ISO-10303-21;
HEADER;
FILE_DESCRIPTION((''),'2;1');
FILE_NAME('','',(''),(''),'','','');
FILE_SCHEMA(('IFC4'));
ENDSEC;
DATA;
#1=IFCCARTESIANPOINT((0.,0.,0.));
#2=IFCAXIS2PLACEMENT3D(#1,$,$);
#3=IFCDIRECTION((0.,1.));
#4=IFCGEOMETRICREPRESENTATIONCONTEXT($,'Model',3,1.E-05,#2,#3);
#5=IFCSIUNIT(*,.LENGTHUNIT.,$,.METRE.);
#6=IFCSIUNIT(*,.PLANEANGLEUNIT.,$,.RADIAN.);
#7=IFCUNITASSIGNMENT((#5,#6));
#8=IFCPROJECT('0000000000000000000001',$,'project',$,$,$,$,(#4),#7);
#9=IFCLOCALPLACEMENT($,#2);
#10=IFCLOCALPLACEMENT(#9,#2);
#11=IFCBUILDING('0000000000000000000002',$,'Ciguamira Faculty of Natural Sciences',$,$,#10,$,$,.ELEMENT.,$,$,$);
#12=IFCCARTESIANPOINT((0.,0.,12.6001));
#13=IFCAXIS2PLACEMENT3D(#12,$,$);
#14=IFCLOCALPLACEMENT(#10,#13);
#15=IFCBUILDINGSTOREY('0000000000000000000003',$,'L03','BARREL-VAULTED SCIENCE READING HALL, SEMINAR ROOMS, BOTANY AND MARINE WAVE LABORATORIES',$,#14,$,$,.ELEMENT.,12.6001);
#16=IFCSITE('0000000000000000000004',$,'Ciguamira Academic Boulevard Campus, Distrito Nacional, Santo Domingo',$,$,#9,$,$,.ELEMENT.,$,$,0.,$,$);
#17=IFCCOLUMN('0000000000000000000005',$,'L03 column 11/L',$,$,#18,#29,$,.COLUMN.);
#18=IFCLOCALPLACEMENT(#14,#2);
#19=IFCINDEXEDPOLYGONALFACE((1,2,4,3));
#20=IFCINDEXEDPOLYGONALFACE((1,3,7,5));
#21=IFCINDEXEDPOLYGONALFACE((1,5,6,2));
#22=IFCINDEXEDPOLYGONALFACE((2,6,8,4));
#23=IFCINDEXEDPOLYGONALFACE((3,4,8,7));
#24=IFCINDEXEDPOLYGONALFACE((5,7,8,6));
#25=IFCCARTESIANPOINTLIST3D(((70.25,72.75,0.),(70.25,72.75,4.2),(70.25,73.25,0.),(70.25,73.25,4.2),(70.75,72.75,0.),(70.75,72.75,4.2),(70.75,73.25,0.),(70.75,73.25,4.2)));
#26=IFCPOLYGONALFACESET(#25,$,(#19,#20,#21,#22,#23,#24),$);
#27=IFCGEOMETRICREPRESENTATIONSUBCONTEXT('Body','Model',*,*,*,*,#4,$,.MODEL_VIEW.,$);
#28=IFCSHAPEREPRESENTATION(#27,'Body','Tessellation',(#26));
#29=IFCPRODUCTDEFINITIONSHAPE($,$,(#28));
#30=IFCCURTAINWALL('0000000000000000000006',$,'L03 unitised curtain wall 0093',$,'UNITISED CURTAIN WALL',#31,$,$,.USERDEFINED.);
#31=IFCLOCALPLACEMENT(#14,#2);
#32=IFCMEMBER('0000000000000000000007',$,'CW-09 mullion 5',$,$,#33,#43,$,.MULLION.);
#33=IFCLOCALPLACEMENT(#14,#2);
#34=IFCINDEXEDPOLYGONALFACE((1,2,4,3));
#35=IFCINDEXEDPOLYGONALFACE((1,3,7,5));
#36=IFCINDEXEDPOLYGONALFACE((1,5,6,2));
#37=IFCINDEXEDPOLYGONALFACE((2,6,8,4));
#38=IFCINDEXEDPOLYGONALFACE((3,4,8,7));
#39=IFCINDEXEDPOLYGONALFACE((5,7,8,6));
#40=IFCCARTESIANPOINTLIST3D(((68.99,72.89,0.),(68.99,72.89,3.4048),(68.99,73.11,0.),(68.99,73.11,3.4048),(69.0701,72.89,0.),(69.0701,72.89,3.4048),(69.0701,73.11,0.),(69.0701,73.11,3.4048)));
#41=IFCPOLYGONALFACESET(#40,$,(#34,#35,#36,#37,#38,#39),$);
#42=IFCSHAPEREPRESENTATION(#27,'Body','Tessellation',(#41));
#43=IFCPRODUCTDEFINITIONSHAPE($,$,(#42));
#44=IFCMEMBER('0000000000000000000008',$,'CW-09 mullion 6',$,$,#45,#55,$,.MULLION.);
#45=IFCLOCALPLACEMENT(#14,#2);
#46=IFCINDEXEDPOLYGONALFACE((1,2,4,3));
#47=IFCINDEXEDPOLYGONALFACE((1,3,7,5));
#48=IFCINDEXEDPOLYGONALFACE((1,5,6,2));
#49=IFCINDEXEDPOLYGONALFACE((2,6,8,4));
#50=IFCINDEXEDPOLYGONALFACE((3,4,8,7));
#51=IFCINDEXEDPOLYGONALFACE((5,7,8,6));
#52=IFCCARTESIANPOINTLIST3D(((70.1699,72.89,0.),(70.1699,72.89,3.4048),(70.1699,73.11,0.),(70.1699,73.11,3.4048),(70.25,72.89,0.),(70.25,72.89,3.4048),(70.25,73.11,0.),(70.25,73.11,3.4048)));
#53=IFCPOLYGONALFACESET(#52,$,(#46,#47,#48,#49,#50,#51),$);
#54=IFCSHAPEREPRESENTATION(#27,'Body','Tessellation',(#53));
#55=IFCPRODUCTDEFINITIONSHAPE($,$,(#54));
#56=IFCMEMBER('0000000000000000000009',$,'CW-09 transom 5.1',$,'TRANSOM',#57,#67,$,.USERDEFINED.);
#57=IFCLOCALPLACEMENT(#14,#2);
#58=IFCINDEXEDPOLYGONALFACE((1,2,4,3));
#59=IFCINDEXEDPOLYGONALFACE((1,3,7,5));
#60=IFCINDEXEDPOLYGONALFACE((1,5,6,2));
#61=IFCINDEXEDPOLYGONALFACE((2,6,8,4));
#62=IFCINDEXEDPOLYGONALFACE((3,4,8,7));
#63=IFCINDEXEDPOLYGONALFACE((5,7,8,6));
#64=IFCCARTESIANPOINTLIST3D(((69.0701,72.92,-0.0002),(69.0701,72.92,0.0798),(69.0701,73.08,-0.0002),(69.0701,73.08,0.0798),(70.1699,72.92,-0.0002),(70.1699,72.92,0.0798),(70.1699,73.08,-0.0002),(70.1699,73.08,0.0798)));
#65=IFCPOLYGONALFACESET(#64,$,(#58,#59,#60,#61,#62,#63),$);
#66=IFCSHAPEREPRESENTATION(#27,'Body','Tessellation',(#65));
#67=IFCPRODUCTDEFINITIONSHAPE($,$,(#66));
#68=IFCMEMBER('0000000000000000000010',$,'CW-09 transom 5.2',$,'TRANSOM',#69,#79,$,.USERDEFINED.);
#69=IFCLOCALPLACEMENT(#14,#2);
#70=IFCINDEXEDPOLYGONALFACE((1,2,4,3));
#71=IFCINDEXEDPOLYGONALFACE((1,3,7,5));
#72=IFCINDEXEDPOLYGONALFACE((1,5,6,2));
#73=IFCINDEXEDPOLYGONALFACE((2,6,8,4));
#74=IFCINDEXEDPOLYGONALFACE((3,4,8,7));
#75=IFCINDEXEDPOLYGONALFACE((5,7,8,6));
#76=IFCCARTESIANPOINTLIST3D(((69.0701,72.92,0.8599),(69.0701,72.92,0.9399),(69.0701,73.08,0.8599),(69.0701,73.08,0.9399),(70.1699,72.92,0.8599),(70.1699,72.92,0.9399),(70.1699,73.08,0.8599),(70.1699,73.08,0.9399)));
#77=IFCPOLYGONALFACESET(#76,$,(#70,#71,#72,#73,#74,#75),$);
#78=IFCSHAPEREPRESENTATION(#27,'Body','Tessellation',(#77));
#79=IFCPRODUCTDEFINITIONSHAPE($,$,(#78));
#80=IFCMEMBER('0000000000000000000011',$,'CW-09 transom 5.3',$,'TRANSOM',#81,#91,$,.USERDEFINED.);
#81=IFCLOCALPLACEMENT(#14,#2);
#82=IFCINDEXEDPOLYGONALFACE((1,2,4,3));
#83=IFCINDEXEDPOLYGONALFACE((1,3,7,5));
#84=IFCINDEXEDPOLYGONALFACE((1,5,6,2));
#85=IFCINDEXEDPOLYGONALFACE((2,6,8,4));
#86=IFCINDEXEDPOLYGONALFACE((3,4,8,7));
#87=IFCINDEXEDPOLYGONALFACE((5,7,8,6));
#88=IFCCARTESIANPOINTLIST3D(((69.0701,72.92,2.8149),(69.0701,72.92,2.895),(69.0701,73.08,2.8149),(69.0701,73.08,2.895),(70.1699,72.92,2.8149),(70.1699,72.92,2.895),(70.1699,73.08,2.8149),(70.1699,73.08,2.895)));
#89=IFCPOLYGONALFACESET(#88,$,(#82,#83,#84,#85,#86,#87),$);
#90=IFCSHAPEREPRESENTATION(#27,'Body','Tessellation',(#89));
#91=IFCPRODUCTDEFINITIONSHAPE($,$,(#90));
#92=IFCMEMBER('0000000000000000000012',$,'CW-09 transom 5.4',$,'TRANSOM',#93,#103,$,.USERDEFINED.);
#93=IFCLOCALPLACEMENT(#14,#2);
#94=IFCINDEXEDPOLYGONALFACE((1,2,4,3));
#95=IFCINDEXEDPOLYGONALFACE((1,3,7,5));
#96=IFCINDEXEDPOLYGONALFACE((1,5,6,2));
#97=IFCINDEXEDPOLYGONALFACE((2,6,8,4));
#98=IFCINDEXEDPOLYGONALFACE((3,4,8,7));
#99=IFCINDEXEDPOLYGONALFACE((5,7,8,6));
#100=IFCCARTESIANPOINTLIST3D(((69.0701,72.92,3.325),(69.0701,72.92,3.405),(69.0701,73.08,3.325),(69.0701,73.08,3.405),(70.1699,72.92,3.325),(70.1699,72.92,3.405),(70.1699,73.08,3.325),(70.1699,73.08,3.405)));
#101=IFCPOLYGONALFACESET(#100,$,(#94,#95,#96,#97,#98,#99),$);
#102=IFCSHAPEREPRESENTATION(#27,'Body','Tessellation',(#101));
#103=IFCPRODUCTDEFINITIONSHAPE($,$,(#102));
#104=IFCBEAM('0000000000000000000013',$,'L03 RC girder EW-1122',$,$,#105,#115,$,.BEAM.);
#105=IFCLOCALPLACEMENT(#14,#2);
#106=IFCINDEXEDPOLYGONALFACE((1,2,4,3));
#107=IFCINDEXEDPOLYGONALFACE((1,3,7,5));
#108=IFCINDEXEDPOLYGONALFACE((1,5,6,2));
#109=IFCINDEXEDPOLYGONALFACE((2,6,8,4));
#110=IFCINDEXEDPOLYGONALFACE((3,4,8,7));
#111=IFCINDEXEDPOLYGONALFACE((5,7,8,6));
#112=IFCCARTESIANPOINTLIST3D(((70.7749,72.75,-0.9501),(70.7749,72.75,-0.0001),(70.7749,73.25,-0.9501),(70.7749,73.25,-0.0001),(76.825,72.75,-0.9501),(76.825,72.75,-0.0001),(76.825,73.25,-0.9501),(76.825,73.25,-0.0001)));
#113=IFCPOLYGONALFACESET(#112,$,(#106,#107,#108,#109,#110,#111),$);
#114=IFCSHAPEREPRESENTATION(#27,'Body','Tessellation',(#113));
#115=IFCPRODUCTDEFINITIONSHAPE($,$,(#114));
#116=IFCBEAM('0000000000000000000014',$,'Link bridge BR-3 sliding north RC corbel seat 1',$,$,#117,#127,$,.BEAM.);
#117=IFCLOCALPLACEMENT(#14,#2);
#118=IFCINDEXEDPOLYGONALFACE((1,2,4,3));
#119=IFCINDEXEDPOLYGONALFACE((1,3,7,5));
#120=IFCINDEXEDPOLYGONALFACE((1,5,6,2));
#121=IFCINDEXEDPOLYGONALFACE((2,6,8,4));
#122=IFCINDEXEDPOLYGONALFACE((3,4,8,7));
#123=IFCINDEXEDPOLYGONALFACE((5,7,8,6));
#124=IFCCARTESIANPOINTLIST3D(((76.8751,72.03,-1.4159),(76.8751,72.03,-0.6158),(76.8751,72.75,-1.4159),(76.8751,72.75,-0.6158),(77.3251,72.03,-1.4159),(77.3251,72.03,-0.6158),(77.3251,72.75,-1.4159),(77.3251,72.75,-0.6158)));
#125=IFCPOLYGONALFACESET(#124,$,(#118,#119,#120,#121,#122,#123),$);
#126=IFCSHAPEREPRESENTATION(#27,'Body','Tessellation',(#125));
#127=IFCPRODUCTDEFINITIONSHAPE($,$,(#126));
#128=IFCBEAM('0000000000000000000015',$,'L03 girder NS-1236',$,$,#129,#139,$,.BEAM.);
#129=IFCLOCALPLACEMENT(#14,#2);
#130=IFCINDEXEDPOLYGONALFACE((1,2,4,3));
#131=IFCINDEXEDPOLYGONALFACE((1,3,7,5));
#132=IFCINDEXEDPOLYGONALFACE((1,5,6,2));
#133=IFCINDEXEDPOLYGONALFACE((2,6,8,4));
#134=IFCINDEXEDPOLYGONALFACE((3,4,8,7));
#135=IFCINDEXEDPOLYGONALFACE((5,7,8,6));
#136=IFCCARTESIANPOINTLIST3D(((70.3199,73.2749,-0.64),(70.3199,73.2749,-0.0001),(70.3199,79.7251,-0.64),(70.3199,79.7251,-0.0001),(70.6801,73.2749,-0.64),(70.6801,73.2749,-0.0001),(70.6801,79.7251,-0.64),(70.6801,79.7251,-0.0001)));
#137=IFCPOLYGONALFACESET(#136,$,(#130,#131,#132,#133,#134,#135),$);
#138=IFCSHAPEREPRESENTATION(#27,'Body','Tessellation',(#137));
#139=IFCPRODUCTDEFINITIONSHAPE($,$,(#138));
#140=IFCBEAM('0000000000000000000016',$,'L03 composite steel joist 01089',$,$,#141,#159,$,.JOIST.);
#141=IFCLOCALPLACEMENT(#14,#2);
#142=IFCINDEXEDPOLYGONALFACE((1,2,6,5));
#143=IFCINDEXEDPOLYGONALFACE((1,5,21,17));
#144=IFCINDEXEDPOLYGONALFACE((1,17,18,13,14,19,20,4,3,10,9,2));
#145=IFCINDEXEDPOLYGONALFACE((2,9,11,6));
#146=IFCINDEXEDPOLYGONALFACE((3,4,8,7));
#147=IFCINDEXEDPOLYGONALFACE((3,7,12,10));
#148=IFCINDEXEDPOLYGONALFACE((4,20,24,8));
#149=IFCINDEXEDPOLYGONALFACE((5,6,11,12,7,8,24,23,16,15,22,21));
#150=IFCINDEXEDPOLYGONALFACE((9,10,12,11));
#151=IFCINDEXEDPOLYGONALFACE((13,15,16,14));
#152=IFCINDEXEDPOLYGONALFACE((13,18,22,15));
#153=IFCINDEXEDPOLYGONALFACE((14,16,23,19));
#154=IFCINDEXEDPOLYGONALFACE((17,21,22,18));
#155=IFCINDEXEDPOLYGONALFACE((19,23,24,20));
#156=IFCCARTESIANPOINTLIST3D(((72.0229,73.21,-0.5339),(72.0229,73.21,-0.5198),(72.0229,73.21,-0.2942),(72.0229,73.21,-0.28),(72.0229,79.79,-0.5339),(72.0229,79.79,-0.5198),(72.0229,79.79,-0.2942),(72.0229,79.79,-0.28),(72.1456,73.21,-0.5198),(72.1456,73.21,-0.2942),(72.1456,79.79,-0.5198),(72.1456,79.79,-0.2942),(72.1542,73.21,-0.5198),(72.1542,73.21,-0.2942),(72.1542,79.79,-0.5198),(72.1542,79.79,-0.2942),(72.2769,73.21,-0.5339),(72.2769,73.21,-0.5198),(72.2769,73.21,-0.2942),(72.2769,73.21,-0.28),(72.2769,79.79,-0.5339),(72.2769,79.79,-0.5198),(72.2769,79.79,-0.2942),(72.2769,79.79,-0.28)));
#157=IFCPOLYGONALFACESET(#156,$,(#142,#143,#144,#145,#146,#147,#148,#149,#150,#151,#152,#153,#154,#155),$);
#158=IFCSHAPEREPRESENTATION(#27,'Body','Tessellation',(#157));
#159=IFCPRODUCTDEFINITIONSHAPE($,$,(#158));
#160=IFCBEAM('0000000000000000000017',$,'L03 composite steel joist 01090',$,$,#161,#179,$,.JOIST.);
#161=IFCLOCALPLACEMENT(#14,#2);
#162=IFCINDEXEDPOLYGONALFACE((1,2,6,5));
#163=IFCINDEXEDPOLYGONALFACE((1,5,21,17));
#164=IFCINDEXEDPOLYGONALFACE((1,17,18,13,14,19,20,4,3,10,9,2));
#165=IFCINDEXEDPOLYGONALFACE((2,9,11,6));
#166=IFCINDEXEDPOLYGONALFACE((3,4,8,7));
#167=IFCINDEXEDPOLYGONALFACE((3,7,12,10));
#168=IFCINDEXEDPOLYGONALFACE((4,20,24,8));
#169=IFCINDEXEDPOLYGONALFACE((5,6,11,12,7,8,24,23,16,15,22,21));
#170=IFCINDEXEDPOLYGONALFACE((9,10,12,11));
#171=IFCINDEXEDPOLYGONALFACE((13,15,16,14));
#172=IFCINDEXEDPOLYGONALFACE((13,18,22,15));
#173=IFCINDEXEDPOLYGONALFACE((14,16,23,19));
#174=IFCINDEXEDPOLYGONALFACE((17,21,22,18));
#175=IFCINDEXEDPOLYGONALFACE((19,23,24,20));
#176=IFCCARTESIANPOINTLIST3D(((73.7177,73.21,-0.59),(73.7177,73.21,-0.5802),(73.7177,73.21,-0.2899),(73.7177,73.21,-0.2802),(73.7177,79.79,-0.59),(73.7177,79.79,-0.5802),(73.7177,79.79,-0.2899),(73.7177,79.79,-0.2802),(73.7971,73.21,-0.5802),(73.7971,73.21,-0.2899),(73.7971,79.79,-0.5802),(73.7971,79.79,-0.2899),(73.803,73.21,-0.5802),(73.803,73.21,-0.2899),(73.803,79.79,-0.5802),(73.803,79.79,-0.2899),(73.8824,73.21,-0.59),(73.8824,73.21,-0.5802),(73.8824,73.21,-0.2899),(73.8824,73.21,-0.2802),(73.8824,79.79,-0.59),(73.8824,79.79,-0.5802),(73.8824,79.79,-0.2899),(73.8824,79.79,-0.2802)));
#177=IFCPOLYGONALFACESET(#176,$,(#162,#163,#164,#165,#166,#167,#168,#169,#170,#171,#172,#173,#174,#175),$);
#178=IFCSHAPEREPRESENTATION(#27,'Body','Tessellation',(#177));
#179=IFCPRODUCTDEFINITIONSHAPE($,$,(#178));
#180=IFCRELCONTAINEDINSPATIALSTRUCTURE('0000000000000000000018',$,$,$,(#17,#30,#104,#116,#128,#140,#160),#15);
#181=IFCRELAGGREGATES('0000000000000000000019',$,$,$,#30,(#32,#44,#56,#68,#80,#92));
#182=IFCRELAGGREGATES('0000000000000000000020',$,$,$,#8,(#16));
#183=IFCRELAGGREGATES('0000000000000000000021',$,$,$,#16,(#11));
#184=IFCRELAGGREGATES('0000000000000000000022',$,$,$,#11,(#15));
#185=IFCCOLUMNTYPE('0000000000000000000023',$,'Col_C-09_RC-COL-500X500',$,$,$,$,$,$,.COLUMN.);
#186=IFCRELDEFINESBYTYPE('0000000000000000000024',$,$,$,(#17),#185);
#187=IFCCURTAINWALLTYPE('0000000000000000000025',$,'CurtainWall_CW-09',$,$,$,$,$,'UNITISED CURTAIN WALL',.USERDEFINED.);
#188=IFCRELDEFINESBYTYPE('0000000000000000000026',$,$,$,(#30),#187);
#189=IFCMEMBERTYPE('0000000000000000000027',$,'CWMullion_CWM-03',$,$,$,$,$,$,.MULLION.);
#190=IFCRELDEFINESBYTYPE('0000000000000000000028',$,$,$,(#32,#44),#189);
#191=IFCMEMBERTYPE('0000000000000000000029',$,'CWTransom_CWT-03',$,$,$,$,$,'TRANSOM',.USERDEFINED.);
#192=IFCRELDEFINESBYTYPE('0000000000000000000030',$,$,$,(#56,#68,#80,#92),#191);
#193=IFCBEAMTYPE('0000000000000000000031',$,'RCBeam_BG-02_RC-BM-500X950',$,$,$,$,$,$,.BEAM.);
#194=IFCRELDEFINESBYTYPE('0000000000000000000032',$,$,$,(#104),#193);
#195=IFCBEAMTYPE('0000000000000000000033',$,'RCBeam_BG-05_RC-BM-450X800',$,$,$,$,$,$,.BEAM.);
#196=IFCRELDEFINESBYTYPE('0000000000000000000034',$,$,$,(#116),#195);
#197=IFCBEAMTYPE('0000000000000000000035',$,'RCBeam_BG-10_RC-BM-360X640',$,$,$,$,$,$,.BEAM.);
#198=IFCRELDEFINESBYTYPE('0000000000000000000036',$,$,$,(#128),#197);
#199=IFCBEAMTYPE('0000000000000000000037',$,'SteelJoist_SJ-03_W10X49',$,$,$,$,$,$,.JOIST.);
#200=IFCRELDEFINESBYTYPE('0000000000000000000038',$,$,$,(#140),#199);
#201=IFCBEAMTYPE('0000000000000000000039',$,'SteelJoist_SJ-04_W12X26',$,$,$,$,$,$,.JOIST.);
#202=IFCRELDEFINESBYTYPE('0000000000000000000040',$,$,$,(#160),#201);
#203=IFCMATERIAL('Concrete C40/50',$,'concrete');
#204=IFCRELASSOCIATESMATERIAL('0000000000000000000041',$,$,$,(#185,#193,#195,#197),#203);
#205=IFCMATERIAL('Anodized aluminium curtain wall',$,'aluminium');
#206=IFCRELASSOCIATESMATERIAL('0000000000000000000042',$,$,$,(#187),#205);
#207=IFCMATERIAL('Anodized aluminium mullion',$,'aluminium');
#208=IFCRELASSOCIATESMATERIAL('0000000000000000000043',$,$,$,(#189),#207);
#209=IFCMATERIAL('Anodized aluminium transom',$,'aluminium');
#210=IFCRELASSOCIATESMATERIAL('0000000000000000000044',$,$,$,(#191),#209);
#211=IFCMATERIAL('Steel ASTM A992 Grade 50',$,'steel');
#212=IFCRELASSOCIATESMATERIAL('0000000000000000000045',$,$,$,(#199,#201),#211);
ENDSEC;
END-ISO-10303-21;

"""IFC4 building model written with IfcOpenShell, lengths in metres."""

from ifc_helpers import new_model, si_unit, direction, frame, origin, origin_2d, place, context, subcontext, project, spatial, rectangle, i_section, extrude, material, material_profile, profile_set, type_object, element, aggregate, save


model = new_model("IFC4")

# Units and contexts
model_context = context("Model", 3, precision=1e-05, world=origin(), true_north=direction((0.0, 1.0)))
body_context = subcontext(model_context, "Body", "Model", "MODEL_VIEW")
ifc_project = project(units=[si_unit("LENGTHUNIT", "METRE"), si_unit("PLANEANGLEUNIT", "RADIAN")], contexts=[model_context])

# Site, building, storey
site_placement = place(None, origin())
site = spatial("IfcSite", under=ifc_project, at=site_placement, Name="Ciguamira Academic Boulevard Campus, Distrito Nacional, Santo Domingo", CompositionType="ELEMENT", RefElevation=0.0)
building_placement = place(site_placement, origin())
building = spatial("IfcBuilding", under=site, at=building_placement, Name="Ciguamira Faculty of Natural Sciences", CompositionType="ELEMENT")
storey_placement = place(building_placement, frame((0.0, 0.0, 12.6001)))
storey = spatial("IfcBuildingStorey", under=building, at=storey_placement, Name="L03", Description="BARREL-VAULTED SCIENCE READING HALL, SEMINAR ROOMS, BOTANY AND MARINE WAVE LABORATORIES", CompositionType="ELEMENT", Elevation=12.6001)

# Column
ifc_material_1 = material(Name="Concrete C40/50", Category="concrete")
ifc_material_profile_1 = material_profile(ifc_material_1, rectangle(XDim=0.5, YDim=0.5, at=origin_2d()), Name="RC-COL-500X500")
ifc_profile_set_1 = profile_set([ifc_material_profile_1], Name="Concrete C40/50")
column_type = type_object("IfcColumnType", Name="Col_C-09_RC-COL-500X500", PredefinedType="COLUMN", material=ifc_profile_set_1)
column_placement = place(storey_placement, frame((70.5, 73.0, 0.0), z_axis=(0.0, 0.0, 1.0), x_axis=(1.0, 0.0, 0.0)))
element("IfcColumn", 1, at=column_placement, inside=storey, type_object=column_type, Name="L03 column 11/L", PredefinedType="COLUMN", context=body_context, shape_type="SweptSolid", body=[
    extrude(rectangle(XDim=0.5, YDim=0.5, at=origin_2d()), origin(), (0.0, 0.0, 1.0), 4.2),
])

# Curtain wall, members
ifc_material_2 = material(Name="Anodized aluminium curtain wall", Category="aluminium")
curtain_wall_type = type_object("IfcCurtainWallType", Name="CurtainWall_CW-09", ElementType="UNITISED CURTAIN WALL", PredefinedType="USERDEFINED", material=ifc_material_2)
curtain_wall_placement = place(storey_placement, origin())
curtain_wall = element("IfcCurtainWall", 2, at=curtain_wall_placement, inside=storey, type_object=curtain_wall_type, Name="L03 unitised curtain wall 0093", ObjectType="UNITISED CURTAIN WALL", PredefinedType="USERDEFINED")
ifc_material_3 = material(Name="Anodized aluminium mullion", Category="aluminium")
ifc_material_profile_2 = material_profile(ifc_material_3, rectangle(XDim=0.0801, YDim=0.22, at=origin_2d()), Name="ALU-MUL-80X220")
ifc_profile_set_2 = profile_set([ifc_material_profile_2], Name="Anodized aluminium mullion")
member_type_1 = type_object("IfcMemberType", Name="CWMullion_CWM-03", PredefinedType="MULLION", material=ifc_profile_set_2)
member_1_placement = place(storey_placement, frame((69.03, 73.0, 0.0), z_axis=(0.0, 0.0, 1.0), x_axis=(1.0, 0.0, 0.0)))
member_1 = element("IfcMember", 3, at=member_1_placement, type_object=member_type_1, Name="CW-09 mullion 5", PredefinedType="MULLION", context=body_context, shape_type="SweptSolid", body=[
    extrude(rectangle(XDim=0.0801, YDim=0.22, at=origin_2d()), origin(), (0.0, 0.0, 1.0), 3.4048),
])
member_2_placement = place(storey_placement, frame((70.21, 73.0, 0.0), z_axis=(0.0, 0.0, 1.0), x_axis=(1.0, 0.0, 0.0)))
member_2 = element("IfcMember", 4, at=member_2_placement, type_object=member_type_1, Name="CW-09 mullion 6", PredefinedType="MULLION", context=body_context, shape_type="SweptSolid", body=[
    extrude(rectangle(XDim=0.0801, YDim=0.22, at=origin_2d()), origin(), (0.0, 0.0, 1.0), 3.4048),
])
ifc_material_4 = material(Name="Anodized aluminium transom", Category="aluminium")
ifc_material_profile_3 = material_profile(ifc_material_4, rectangle(XDim=0.0801, YDim=0.1599, at=origin_2d()), Name="ALU-TRN-80X160")
ifc_profile_set_3 = profile_set([ifc_material_profile_3], Name="Anodized aluminium transom")
member_type_2 = type_object("IfcMemberType", Name="CWTransom_CWT-03", ElementType="TRANSOM", PredefinedType="USERDEFINED", material=ifc_profile_set_3)
member_3_placement = place(storey_placement, frame((69.0701, 73.0, 0.0398), z_axis=(1.0, 0.0, 0.0), x_axis=(0.0, 0.0, 1.0)))
member_3 = element("IfcMember", 5, at=member_3_placement, type_object=member_type_2, Name="CW-09 transom 5.1", ObjectType="TRANSOM", PredefinedType="USERDEFINED", context=body_context, shape_type="SweptSolid", body=[
    extrude(rectangle(XDim=0.0801, YDim=0.1599, at=origin_2d()), origin(), (0.0, 0.0, 1.0), 1.0999),
])
member_4_placement = place(storey_placement, frame((69.0701, 73.0, 0.8999), z_axis=(1.0, 0.0, 0.0), x_axis=(0.0, 0.0, 1.0)))
member_4 = element("IfcMember", 6, at=member_4_placement, type_object=member_type_2, Name="CW-09 transom 5.2", ObjectType="TRANSOM", PredefinedType="USERDEFINED", context=body_context, shape_type="SweptSolid", body=[
    extrude(rectangle(XDim=0.0801, YDim=0.1599, at=origin_2d()), origin(), (0.0, 0.0, 1.0), 1.0999),
])
member_5_placement = place(storey_placement, frame((69.0701, 73.0, 2.855), z_axis=(1.0, 0.0, 0.0), x_axis=(0.0, 0.0, 1.0)))
member_5 = element("IfcMember", 7, at=member_5_placement, type_object=member_type_2, Name="CW-09 transom 5.3", ObjectType="TRANSOM", PredefinedType="USERDEFINED", context=body_context, shape_type="SweptSolid", body=[
    extrude(rectangle(XDim=0.0801, YDim=0.1599, at=origin_2d()), origin(), (0.0, 0.0, 1.0), 1.0999),
])
member_6_placement = place(storey_placement, frame((69.0701, 73.0, 3.365), z_axis=(1.0, 0.0, 0.0), x_axis=(0.0, 0.0, 1.0)))
member_6 = element("IfcMember", 8, at=member_6_placement, type_object=member_type_2, Name="CW-09 transom 5.4", ObjectType="TRANSOM", PredefinedType="USERDEFINED", context=body_context, shape_type="SweptSolid", body=[
    extrude(rectangle(XDim=0.0801, YDim=0.1599, at=origin_2d()), origin(), (0.0, 0.0, 1.0), 1.0999),
])

# Beams
ifc_material_profile_4 = material_profile(ifc_material_1, rectangle(XDim=0.5, YDim=0.95, at=origin_2d()), Name="RC-BM-500X950")
ifc_profile_set_4 = profile_set([ifc_material_profile_4], Name="Concrete C40/50")
beam_type_1 = type_object("IfcBeamType", Name="RCBeam_BG-02_RC-BM-500X950", PredefinedType="BEAM", material=ifc_profile_set_4)
beam_1_placement = place(storey_placement, frame((70.7749, 73.0, -0.4751), z_axis=(1.0, 0.0, 0.0), x_axis=(0.0, 1.0, 0.0)))
element("IfcBeam", 9, at=beam_1_placement, inside=storey, type_object=beam_type_1, Name="L03 RC girder EW-1122", PredefinedType="BEAM", context=body_context, shape_type="SweptSolid", body=[
    extrude(rectangle(XDim=0.5, YDim=0.95, at=origin_2d()), origin(), (0.0, 0.0, 1.0), 6.05),
])
ifc_material_profile_5 = material_profile(ifc_material_1, rectangle(XDim=0.45, YDim=0.8, at=origin_2d()), Name="RC-BM-450X800")
ifc_profile_set_5 = profile_set([ifc_material_profile_5], Name="Concrete C40/50")
beam_type_2 = type_object("IfcBeamType", Name="RCBeam_BG-05_RC-BM-450X800", PredefinedType="BEAM", material=ifc_profile_set_5)
beam_2_placement = place(storey_placement, frame((77.1001, 72.03, -1.0159), z_axis=(0.0, 1.0, 0.0), x_axis=(-1.0, 0.0, 0.0)))
element("IfcBeam", 10, at=beam_2_placement, inside=storey, type_object=beam_type_2, Name="Link bridge BR-3 sliding north RC corbel seat 1", PredefinedType="BEAM", context=body_context, shape_type="SweptSolid", body=[
    extrude(rectangle(XDim=0.45, YDim=0.8, at=origin_2d()), origin(), (0.0, 0.0, 1.0), 0.72),
])
ifc_material_profile_6 = material_profile(ifc_material_1, rectangle(XDim=0.3601, YDim=0.6399, at=origin_2d()), Name="RC-BM-360X640")
ifc_profile_set_6 = profile_set([ifc_material_profile_6], Name="Concrete C40/50")
beam_type_3 = type_object("IfcBeamType", Name="RCBeam_BG-10_RC-BM-360X640", PredefinedType="BEAM", material=ifc_profile_set_6)
beam_3_placement = place(storey_placement, frame((70.5, 73.2749, -0.3201), z_axis=(0.0, 1.0, 0.0), x_axis=(-1.0, 0.0, 0.0)))
element("IfcBeam", 11, at=beam_3_placement, inside=storey, type_object=beam_type_3, Name="L03 girder NS-1236", PredefinedType="BEAM", context=body_context, shape_type="SweptSolid", body=[
    extrude(rectangle(XDim=0.3601, YDim=0.6399, at=origin_2d()), origin(), (0.0, 0.0, 1.0), 6.4502),
])
ifc_material_5 = material(Name="Steel ASTM A992 Grade 50", Category="steel")
ifc_material_profile_7 = material_profile(ifc_material_5, i_section(OverallWidth=0.2539, OverallDepth=0.2539, WebThickness=0.0085, FlangeThickness=0.0142, at=origin_2d()), Name="W10X49")
ifc_profile_set_7 = profile_set([ifc_material_profile_7], Name="Steel ASTM A992 Grade 50")
beam_type_4 = type_object("IfcBeamType", Name="SteelJoist_SJ-03_W10X49", PredefinedType="JOIST", material=ifc_profile_set_7)
beam_4_placement = place(storey_placement, frame((72.1499, 73.21, -0.407), z_axis=(0.0, 1.0, 0.0), x_axis=(-1.0, 0.0, 0.0)))
element("IfcBeam", 12, at=beam_4_placement, inside=storey, type_object=beam_type_4, Name="L03 composite steel joist 01089", PredefinedType="JOIST", context=body_context, shape_type="SweptSolid", body=[
    extrude(i_section(OverallWidth=0.2539, OverallDepth=0.2539, WebThickness=0.0085, FlangeThickness=0.0142, at=origin_2d()), origin(), (0.0, 0.0, 1.0), 6.5801),
])
ifc_material_profile_8 = material_profile(ifc_material_5, i_section(OverallWidth=0.1648, OverallDepth=0.3098, WebThickness=0.0059, FlangeThickness=0.0098, at=origin_2d()), Name="W12X26")
ifc_profile_set_8 = profile_set([ifc_material_profile_8], Name="Steel ASTM A992 Grade 50")
beam_type_5 = type_object("IfcBeamType", Name="SteelJoist_SJ-04_W12X26", PredefinedType="JOIST", material=ifc_profile_set_8)
beam_5_placement = place(storey_placement, frame((73.8, 73.21, -0.4351), z_axis=(0.0, 1.0, 0.0), x_axis=(-1.0, 0.0, 0.0)))
element("IfcBeam", 13, at=beam_5_placement, inside=storey, type_object=beam_type_5, Name="L03 composite steel joist 01090", PredefinedType="JOIST", context=body_context, shape_type="SweptSolid", body=[
    extrude(i_section(OverallWidth=0.1648, OverallDepth=0.3098, WebThickness=0.0059, FlangeThickness=0.0098, at=origin_2d()), origin(), (0.0, 0.0, 1.0), 6.5801),
])

aggregate(curtain_wall, [member_1, member_2, member_3, member_4, member_5, member_6])

save(model, "model.ifc")
